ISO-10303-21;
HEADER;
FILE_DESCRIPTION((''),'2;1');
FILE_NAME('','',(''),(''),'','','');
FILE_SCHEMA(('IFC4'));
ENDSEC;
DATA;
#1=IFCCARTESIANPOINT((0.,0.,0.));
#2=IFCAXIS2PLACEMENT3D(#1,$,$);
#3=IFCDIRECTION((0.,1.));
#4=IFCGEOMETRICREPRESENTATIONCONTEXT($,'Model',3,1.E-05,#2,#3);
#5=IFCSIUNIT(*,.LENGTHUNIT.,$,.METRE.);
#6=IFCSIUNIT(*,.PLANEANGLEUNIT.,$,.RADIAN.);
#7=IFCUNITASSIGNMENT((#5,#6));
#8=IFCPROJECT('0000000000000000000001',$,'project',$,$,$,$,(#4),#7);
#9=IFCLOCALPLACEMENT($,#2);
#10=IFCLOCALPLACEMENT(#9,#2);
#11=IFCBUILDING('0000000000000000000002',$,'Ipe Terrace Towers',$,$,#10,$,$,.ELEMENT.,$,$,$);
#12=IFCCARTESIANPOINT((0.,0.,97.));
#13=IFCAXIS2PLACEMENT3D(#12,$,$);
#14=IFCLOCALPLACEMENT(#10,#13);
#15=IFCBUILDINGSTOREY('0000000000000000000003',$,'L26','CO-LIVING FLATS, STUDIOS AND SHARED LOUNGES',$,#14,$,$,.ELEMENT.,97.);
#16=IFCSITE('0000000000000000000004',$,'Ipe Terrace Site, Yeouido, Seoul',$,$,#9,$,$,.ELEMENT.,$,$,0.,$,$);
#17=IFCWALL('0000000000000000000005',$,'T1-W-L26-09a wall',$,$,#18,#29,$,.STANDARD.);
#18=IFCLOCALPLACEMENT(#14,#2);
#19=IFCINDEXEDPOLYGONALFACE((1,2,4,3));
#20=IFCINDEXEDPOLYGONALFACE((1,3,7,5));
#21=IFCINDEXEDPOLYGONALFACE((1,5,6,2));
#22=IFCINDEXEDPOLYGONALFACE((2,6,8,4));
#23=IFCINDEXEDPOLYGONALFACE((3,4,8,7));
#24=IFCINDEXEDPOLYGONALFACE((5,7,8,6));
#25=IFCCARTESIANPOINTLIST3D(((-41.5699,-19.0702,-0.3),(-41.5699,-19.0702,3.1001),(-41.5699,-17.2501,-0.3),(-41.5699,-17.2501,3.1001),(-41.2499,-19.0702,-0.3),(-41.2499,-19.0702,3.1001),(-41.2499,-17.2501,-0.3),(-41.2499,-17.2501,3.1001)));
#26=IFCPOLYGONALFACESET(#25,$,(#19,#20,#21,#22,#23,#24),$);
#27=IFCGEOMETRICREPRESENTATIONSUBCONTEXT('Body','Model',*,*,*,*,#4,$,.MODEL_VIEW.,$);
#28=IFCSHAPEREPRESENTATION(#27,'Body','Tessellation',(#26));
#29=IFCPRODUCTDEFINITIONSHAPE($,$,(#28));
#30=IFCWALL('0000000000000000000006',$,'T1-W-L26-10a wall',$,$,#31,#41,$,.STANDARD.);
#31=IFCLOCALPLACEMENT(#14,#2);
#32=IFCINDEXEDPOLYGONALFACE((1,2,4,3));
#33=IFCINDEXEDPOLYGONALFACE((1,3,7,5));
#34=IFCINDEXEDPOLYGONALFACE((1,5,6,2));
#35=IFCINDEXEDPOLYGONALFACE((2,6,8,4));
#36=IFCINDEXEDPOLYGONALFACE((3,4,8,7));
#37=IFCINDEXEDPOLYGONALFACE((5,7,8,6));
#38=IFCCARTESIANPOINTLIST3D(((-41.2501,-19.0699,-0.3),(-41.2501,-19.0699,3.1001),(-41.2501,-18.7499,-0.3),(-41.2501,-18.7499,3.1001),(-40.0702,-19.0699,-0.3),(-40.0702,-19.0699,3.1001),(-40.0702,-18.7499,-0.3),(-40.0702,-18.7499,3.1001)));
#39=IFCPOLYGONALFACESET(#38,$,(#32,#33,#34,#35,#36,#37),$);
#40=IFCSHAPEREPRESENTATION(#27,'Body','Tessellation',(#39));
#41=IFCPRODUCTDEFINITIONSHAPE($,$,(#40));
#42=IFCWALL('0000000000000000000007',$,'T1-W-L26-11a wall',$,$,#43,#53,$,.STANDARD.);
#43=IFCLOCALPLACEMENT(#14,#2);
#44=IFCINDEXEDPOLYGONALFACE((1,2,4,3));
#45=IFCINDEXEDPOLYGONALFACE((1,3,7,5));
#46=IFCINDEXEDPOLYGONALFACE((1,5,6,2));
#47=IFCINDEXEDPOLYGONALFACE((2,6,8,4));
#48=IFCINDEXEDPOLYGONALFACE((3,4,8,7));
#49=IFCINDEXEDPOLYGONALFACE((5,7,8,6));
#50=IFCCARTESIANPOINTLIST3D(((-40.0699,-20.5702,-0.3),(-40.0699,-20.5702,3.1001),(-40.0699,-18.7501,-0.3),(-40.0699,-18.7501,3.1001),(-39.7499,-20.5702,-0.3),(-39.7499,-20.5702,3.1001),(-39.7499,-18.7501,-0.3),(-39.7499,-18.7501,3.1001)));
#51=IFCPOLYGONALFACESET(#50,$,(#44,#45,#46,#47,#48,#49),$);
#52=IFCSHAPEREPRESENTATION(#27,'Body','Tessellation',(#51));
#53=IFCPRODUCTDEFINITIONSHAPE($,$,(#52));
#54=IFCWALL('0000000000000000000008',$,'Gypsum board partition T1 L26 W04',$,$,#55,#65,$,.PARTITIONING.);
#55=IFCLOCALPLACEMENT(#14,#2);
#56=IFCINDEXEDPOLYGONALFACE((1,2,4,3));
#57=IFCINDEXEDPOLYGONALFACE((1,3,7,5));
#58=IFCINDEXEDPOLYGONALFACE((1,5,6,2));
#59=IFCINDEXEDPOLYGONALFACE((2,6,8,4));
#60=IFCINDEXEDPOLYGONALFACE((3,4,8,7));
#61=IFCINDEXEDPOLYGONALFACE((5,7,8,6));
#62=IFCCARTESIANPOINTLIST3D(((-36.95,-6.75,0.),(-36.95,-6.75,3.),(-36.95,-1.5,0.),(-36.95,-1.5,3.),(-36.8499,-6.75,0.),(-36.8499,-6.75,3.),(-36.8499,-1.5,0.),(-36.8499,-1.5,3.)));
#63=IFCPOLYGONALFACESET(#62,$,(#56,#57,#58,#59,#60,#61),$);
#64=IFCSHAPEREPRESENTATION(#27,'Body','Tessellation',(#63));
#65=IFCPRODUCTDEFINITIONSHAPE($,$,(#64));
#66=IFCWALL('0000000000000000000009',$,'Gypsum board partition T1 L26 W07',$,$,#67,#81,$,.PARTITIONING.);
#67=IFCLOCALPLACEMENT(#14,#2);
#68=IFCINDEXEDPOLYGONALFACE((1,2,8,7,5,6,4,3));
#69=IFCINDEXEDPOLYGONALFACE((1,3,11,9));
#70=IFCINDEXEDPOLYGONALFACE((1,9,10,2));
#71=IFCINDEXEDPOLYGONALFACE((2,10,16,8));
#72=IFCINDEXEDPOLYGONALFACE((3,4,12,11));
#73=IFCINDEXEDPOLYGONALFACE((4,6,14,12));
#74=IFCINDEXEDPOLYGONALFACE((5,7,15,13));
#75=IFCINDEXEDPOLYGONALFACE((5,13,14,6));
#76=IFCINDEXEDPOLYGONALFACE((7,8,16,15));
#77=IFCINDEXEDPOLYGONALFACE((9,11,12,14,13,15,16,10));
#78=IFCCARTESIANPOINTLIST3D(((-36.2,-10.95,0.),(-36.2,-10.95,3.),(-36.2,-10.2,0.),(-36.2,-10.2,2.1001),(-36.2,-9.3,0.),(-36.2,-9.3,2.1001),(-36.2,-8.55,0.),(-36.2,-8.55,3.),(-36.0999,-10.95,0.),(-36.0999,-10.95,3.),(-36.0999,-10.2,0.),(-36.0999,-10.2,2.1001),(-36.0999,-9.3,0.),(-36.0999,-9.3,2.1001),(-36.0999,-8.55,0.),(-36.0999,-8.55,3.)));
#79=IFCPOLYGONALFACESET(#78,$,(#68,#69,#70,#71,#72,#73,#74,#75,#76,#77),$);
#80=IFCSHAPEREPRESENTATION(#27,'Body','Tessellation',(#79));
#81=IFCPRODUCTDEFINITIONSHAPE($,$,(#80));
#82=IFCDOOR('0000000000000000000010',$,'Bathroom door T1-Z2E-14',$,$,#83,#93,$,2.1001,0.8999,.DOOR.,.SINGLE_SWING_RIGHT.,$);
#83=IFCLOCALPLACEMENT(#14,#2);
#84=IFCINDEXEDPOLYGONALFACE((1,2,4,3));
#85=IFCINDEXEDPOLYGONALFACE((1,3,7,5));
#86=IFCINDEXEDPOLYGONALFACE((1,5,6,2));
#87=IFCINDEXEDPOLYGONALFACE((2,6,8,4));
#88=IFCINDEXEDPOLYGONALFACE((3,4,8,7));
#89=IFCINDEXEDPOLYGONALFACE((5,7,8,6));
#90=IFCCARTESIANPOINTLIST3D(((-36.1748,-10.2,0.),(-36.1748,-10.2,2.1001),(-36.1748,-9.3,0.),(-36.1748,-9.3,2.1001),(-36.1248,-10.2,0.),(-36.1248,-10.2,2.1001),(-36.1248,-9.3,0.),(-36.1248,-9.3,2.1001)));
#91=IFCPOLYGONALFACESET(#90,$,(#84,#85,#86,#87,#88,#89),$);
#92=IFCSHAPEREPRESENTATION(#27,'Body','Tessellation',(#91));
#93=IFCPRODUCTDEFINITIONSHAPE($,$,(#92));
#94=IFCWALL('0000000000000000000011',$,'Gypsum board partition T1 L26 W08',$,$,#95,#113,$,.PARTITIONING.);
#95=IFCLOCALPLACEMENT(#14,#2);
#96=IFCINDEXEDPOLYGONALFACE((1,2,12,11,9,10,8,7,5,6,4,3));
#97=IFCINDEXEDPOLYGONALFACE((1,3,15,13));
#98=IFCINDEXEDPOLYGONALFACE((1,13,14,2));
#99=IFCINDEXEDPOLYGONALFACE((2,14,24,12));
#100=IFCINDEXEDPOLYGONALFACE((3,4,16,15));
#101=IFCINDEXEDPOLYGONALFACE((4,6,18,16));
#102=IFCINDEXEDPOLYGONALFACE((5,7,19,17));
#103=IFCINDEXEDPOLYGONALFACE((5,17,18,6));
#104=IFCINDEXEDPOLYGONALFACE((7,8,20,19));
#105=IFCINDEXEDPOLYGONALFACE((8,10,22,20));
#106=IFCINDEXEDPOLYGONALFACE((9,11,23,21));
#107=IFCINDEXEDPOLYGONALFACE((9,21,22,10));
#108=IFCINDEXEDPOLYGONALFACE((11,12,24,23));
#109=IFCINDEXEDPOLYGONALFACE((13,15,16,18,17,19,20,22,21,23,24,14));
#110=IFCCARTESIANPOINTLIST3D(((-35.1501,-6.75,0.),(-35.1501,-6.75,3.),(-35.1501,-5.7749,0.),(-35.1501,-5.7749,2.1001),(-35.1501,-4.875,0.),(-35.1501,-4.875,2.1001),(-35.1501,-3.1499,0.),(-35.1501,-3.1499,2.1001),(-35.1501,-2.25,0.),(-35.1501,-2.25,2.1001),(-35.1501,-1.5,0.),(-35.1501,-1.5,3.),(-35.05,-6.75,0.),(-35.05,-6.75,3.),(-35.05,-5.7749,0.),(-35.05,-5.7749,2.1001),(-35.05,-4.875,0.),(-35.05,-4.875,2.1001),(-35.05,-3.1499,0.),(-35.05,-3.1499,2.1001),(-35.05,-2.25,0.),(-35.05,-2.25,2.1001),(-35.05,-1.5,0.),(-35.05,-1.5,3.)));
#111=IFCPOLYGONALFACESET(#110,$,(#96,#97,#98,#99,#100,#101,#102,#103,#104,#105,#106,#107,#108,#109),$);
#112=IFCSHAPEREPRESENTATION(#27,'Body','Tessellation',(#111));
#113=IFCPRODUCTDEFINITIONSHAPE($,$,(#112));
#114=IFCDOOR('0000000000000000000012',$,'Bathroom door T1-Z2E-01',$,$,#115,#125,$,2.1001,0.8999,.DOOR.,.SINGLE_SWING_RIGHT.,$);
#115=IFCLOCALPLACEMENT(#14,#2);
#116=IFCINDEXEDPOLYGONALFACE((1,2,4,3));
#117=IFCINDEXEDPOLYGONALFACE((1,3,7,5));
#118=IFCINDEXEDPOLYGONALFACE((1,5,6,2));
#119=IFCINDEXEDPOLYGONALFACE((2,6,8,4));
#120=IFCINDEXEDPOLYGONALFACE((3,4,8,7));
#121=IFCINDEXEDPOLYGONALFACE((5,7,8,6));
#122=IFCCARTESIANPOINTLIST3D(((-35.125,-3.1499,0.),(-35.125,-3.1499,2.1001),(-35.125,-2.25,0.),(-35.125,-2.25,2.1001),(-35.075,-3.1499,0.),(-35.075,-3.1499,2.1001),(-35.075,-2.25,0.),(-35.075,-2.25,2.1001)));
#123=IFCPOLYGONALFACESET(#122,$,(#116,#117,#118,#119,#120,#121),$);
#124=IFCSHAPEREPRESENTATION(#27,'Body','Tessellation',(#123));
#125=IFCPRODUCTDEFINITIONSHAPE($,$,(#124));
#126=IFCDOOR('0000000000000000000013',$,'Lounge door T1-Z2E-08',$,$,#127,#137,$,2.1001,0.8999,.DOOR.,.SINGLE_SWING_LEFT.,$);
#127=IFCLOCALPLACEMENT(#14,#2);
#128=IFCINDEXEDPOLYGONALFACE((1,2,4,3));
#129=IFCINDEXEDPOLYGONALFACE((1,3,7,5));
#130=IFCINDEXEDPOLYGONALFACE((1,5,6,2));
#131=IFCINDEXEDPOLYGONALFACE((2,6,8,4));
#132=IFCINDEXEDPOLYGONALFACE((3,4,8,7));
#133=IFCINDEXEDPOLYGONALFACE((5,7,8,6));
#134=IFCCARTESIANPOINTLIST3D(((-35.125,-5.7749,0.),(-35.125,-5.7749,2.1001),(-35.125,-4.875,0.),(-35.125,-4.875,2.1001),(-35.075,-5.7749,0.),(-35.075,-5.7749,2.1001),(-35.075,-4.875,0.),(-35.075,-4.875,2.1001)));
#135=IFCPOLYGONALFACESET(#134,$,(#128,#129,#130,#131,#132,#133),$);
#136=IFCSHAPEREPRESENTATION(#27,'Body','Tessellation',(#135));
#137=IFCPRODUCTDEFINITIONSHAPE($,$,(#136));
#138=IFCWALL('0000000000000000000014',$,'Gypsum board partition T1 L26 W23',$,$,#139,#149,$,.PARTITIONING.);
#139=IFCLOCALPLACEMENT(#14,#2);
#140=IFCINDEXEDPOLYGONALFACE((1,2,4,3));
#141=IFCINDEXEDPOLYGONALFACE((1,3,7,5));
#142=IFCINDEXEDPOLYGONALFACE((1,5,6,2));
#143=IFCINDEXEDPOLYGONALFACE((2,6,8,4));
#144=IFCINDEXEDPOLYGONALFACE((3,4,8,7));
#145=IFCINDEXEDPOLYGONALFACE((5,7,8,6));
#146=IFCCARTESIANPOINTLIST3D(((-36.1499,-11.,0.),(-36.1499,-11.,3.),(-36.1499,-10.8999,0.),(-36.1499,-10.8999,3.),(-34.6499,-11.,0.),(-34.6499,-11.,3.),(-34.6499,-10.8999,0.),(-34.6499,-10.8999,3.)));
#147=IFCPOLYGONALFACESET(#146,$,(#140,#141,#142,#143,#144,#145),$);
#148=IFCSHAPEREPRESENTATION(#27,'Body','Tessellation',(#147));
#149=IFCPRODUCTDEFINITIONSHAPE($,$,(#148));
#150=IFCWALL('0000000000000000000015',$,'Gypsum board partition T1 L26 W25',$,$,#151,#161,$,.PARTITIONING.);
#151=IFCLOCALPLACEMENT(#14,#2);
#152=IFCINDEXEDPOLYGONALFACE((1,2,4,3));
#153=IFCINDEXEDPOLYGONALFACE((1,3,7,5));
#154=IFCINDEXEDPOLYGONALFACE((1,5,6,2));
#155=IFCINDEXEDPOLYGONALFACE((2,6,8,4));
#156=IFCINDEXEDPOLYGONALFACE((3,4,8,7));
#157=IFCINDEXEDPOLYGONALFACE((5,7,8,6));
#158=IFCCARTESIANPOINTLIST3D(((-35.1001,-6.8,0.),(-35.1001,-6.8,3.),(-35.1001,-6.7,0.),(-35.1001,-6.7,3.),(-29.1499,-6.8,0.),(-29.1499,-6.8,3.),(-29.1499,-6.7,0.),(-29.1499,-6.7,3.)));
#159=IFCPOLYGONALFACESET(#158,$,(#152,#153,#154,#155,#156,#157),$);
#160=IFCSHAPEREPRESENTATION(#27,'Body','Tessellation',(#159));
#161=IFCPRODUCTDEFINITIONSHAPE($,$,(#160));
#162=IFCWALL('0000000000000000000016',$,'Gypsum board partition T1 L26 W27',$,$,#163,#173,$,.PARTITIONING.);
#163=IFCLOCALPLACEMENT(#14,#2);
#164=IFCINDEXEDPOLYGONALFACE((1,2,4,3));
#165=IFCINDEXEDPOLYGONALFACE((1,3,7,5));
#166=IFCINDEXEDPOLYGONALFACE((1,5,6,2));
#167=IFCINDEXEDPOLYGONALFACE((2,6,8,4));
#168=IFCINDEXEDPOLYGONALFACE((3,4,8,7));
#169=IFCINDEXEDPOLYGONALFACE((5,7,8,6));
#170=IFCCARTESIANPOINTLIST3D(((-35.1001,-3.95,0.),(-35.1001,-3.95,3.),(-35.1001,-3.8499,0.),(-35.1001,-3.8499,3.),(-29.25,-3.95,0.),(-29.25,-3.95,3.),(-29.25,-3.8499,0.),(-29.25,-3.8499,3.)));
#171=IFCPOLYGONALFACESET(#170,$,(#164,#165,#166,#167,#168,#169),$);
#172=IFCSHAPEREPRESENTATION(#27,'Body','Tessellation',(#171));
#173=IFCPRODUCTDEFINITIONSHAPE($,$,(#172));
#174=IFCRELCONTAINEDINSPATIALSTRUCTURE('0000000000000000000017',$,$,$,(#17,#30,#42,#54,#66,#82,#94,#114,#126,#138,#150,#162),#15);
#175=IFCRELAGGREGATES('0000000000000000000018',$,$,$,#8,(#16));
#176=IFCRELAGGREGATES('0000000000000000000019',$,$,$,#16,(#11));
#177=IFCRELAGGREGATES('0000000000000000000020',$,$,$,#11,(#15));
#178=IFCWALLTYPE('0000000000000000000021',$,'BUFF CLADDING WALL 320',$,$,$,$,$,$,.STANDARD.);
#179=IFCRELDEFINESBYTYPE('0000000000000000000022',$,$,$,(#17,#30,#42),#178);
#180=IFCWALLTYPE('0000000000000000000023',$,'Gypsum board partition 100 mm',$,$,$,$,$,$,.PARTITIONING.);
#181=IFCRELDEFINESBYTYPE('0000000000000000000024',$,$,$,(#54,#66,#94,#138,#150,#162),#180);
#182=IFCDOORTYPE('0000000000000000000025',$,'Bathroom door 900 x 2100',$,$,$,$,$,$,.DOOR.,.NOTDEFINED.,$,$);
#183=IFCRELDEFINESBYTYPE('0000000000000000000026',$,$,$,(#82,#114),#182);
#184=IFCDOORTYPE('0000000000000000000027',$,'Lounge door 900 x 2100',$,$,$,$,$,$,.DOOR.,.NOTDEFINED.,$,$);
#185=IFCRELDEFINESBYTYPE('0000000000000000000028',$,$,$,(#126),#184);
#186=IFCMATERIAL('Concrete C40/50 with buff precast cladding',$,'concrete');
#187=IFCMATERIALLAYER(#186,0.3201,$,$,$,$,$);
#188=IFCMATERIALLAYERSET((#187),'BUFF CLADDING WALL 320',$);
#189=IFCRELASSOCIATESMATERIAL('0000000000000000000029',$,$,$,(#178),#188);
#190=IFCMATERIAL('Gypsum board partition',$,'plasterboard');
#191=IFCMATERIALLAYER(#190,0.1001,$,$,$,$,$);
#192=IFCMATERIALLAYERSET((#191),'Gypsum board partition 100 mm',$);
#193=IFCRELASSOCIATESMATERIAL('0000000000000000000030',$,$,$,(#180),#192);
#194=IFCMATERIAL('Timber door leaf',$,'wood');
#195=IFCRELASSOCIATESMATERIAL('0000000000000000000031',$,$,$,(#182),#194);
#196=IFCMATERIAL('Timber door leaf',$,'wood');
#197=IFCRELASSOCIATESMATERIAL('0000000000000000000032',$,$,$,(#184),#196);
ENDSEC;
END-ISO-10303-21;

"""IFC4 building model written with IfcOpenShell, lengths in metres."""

from ifc_helpers import new_model, si_unit, direction, frame, frame_2d, origin, place, context, subcontext, project, spatial, rectangle, extrude, material, layer, layer_set, type_object, element, fill, save


model = new_model("IFC4")

# Units and contexts
model_context = context("Model", 3, precision=1e-05, world=origin(), true_north=direction((0.0, 1.0)))
body_context = subcontext(model_context, "Body", "Model", "MODEL_VIEW")
ifc_project = project(units=[si_unit("LENGTHUNIT", "METRE"), si_unit("PLANEANGLEUNIT", "RADIAN")], contexts=[model_context])

# Site, building, storey
site_placement = place(None, origin())
site = spatial("IfcSite", under=ifc_project, at=site_placement, Name="Ipe Terrace Site, Yeouido, Seoul", CompositionType="ELEMENT", RefElevation=0.0)
building_placement = place(site_placement, origin())
building = spatial("IfcBuilding", under=site, at=building_placement, Name="Ipe Terrace Towers", CompositionType="ELEMENT")
storey_placement = place(building_placement, frame((0.0, 0.0, 97.0)))
storey = spatial("IfcBuildingStorey", under=building, at=storey_placement, Name="L26", Description="CO-LIVING FLATS, STUDIOS AND SHARED LOUNGES", CompositionType="ELEMENT", Elevation=97.0)

# Walls
ifc_material_1 = material(Name="Concrete C40/50 with buff precast cladding", Category="concrete")
ifc_layer_1 = layer(ifc_material_1, 0.3201)
ifc_layer_set_1 = layer_set([ifc_layer_1], Name="BUFF CLADDING WALL 320")
wall_type_1 = type_object("IfcWallType", Name="BUFF CLADDING WALL 320", PredefinedType="STANDARD", material=ifc_layer_set_1)
wall_1_placement = place(storey_placement, frame((-41.4099, -17.25, -0.3), z_axis=(0.0, 0.0, 1.0), x_axis=(0.0, -1.0, 0.0)))
element("IfcWall", 1, at=wall_1_placement, inside=storey, type_object=wall_type_1, Name="T1-W-L26-09a wall", PredefinedType="STANDARD", context=body_context, shape_type="SweptSolid", body=[
    extrude(rectangle(XDim=1.8201, YDim=0.3201, at=frame_2d((0.9102, 0.0))), origin(), (0.0, 0.0, 1.0), 3.4001),
])
wall_2_placement = place(storey_placement, frame((-41.25, -18.9099, -0.3), z_axis=(0.0, 0.0, 1.0), x_axis=(1.0, 0.0, 0.0)))
element("IfcWall", 2, at=wall_2_placement, inside=storey, type_object=wall_type_1, Name="T1-W-L26-10a wall", PredefinedType="STANDARD", context=body_context, shape_type="SweptSolid", body=[
    extrude(rectangle(XDim=1.1799, YDim=0.3201, at=frame_2d((0.5898, 0.0))), origin(), (0.0, 0.0, 1.0), 3.4001),
])
wall_3_placement = place(storey_placement, frame((-39.9099, -18.75, -0.3), z_axis=(0.0, 0.0, 1.0), x_axis=(0.0, -1.0, 0.0)))
element("IfcWall", 3, at=wall_3_placement, inside=storey, type_object=wall_type_1, Name="T1-W-L26-11a wall", PredefinedType="STANDARD", context=body_context, shape_type="SweptSolid", body=[
    extrude(rectangle(XDim=1.8201, YDim=0.3201, at=frame_2d((0.9102, 0.0))), origin(), (0.0, 0.0, 1.0), 3.4001),
])
ifc_material_2 = material(Name="Gypsum board partition", Category="plasterboard")
ifc_layer_2 = layer(ifc_material_2, 0.1001)
ifc_layer_set_2 = layer_set([ifc_layer_2], Name="Gypsum board partition 100 mm")
wall_type_2 = type_object("IfcWallType", Name="Gypsum board partition 100 mm", PredefinedType="PARTITIONING", material=ifc_layer_set_2)
wall_4_placement = place(storey_placement, frame((-36.8999, -6.75, 0.0), z_axis=(0.0, 0.0, 1.0), x_axis=(0.0, 1.0, 0.0)))
element("IfcWall", 4, at=wall_4_placement, inside=storey, type_object=wall_type_2, Name="Gypsum board partition T1 L26 W04", PredefinedType="PARTITIONING", context=body_context, shape_type="SweptSolid", body=[
    extrude(rectangle(XDim=5.25, YDim=0.1001, at=frame_2d((2.625, 0.0))), origin(), (0.0, 0.0, 1.0), 3.0),
])

# Wall, opening, door
wall_5_placement = place(storey_placement, frame((-36.1499, -10.95, 0.0), z_axis=(0.0, 0.0, 1.0), x_axis=(0.0, 1.0, 0.0)))
wall_5 = element("IfcWall", 5, at=wall_5_placement, inside=storey, type_object=wall_type_2, Name="Gypsum board partition T1 L26 W07", PredefinedType="PARTITIONING", context=body_context, shape_type="SweptSolid", body=[
    extrude(rectangle(XDim=2.3999, YDim=0.1001, at=frame_2d((1.2, 0.0))), origin(), (0.0, 0.0, 1.0), 3.0),
])
opening_1_placement = place(wall_5_placement, frame((0.75, 0.0, 0.0)))
opening_1 = element("IfcOpeningElement", 6, at=opening_1_placement, cuts=wall_5, PredefinedType="OPENING", context=body_context, shape_type="SweptSolid", body=[
    extrude(rectangle(XDim=0.8999, YDim=2.1001, at=frame_2d((0.45, 1.05))), frame((0.0, 0.0601, 0.0), z_axis=(0.0, -1.0, 0.0), x_axis=(1.0, 0.0, 0.0)), (0.0, 0.0, 1.0), 0.1201),
])
ifc_material_3 = material(Name="Timber door leaf", Category="wood")
door_type_1 = type_object("IfcDoorType", Name="Bathroom door 900 x 2100", OperationType="NOTDEFINED", PredefinedType="DOOR", material=ifc_material_3)
door_1_placement = place(opening_1_placement, origin())
door_1 = element("IfcDoor", 7, at=door_1_placement, inside=storey, type_object=door_type_1, Name="Bathroom door T1-Z2E-14", OperationType="SINGLE_SWING_RIGHT", OverallHeight=2.1001, OverallWidth=0.8999, PredefinedType="DOOR", context=body_context, shape_type="SweptSolid", body=[
    extrude(rectangle(XDim=0.8999, YDim=2.1001, at=frame_2d((0.45, 1.05))), frame((0.0, 0.0249, 0.0), z_axis=(0.0, -1.0, 0.0), x_axis=(1.0, 0.0, 0.0)), (0.0, 0.0, 1.0), 0.05),
])
fill(opening_1, door_1)

# Wall, openings, doors
wall_6_placement = place(storey_placement, frame((-35.1001, -6.75, 0.0), z_axis=(0.0, 0.0, 1.0), x_axis=(0.0, 1.0, 0.0)))
wall_6 = element("IfcWall", 8, at=wall_6_placement, inside=storey, type_object=wall_type_2, Name="Gypsum board partition T1 L26 W08", PredefinedType="PARTITIONING", context=body_context, shape_type="SweptSolid", body=[
    extrude(rectangle(XDim=5.25, YDim=0.1001, at=frame_2d((2.625, 0.0))), origin(), (0.0, 0.0, 1.0), 3.0),
])
opening_2_placement = place(wall_6_placement, frame((3.6001, 0.0, 0.0)))
opening_2 = element("IfcOpeningElement", 9, at=opening_2_placement, cuts=wall_6, PredefinedType="OPENING", context=body_context, shape_type="SweptSolid", body=[
    extrude(rectangle(XDim=0.8999, YDim=2.1001, at=frame_2d((0.45, 1.05))), frame((0.0, 0.0601, 0.0), z_axis=(0.0, -1.0, 0.0), x_axis=(1.0, 0.0, 0.0)), (0.0, 0.0, 1.0), 0.1201),
])
opening_3_placement = place(wall_6_placement, frame((0.9751, 0.0, 0.0)))
opening_3 = element("IfcOpeningElement", 10, at=opening_3_placement, cuts=wall_6, PredefinedType="OPENING", context=body_context, shape_type="SweptSolid", body=[
    extrude(rectangle(XDim=0.8999, YDim=2.1001, at=frame_2d((0.45, 1.05))), frame((0.0, 0.0601, 0.0), z_axis=(0.0, -1.0, 0.0), x_axis=(1.0, 0.0, 0.0)), (0.0, 0.0, 1.0), 0.1201),
])
door_2_placement = place(opening_2_placement, origin())
door_2 = element("IfcDoor", 11, at=door_2_placement, inside=storey, type_object=door_type_1, Name="Bathroom door T1-Z2E-01", OperationType="SINGLE_SWING_RIGHT", OverallHeight=2.1001, OverallWidth=0.8999, PredefinedType="DOOR", context=body_context, shape_type="SweptSolid", body=[
    extrude(rectangle(XDim=0.8999, YDim=2.1001, at=frame_2d((0.45, 1.05))), frame((0.0, 0.0249, 0.0), z_axis=(0.0, -1.0, 0.0), x_axis=(1.0, 0.0, 0.0)), (0.0, 0.0, 1.0), 0.05),
])
fill(opening_2, door_2)
ifc_material_4 = material(Name="Timber door leaf", Category="wood")
door_type_2 = type_object("IfcDoorType", Name="Lounge door 900 x 2100", OperationType="NOTDEFINED", PredefinedType="DOOR", material=ifc_material_4)
door_3_placement = place(opening_3_placement, origin())
door_3 = element("IfcDoor", 12, at=door_3_placement, inside=storey, type_object=door_type_2, Name="Lounge door T1-Z2E-08", OperationType="SINGLE_SWING_LEFT", OverallHeight=2.1001, OverallWidth=0.8999, PredefinedType="DOOR", context=body_context, shape_type="SweptSolid", body=[
    extrude(rectangle(XDim=0.8999, YDim=2.1001, at=frame_2d((0.45, 1.05))), frame((0.0, 0.0249, 0.0), z_axis=(0.0, -1.0, 0.0), x_axis=(1.0, 0.0, 0.0)), (0.0, 0.0, 1.0), 0.05),
])
fill(opening_3, door_3)

# Walls
wall_7_placement = place(storey_placement, frame((-36.1499, -10.95, 0.0), z_axis=(0.0, 0.0, 1.0), x_axis=(1.0, 0.0, 0.0)))
element("IfcWall", 13, at=wall_7_placement, inside=storey, type_object=wall_type_2, Name="Gypsum board partition T1 L26 W23", PredefinedType="PARTITIONING", context=body_context, shape_type="SweptSolid", body=[
    extrude(rectangle(XDim=1.5, YDim=0.1001, at=frame_2d((0.75, 0.0))), origin(), (0.0, 0.0, 1.0), 3.0),
])
wall_8_placement = place(storey_placement, frame((-35.1001, -6.75, 0.0), z_axis=(0.0, 0.0, 1.0), x_axis=(1.0, 0.0, 0.0)))
element("IfcWall", 14, at=wall_8_placement, inside=storey, type_object=wall_type_2, Name="Gypsum board partition T1 L26 W25", PredefinedType="PARTITIONING", context=body_context, shape_type="SweptSolid", body=[
    extrude(rectangle(XDim=5.9502, YDim=0.1001, at=frame_2d((2.9751, 0.0))), origin(), (0.0, 0.0, 1.0), 3.0),
])
wall_9_placement = place(storey_placement, frame((-35.1001, -3.8999, 0.0), z_axis=(0.0, 0.0, 1.0), x_axis=(1.0, 0.0, 0.0)))
element("IfcWall", 15, at=wall_9_placement, inside=storey, type_object=wall_type_2, Name="Gypsum board partition T1 L26 W27", PredefinedType="PARTITIONING", context=body_context, shape_type="SweptSolid", body=[
    extrude(rectangle(XDim=5.8501, YDim=0.1001, at=frame_2d((2.925, 0.0))), origin(), (0.0, 0.0, 1.0), 3.0),
])

save(model, "model.ifc")
